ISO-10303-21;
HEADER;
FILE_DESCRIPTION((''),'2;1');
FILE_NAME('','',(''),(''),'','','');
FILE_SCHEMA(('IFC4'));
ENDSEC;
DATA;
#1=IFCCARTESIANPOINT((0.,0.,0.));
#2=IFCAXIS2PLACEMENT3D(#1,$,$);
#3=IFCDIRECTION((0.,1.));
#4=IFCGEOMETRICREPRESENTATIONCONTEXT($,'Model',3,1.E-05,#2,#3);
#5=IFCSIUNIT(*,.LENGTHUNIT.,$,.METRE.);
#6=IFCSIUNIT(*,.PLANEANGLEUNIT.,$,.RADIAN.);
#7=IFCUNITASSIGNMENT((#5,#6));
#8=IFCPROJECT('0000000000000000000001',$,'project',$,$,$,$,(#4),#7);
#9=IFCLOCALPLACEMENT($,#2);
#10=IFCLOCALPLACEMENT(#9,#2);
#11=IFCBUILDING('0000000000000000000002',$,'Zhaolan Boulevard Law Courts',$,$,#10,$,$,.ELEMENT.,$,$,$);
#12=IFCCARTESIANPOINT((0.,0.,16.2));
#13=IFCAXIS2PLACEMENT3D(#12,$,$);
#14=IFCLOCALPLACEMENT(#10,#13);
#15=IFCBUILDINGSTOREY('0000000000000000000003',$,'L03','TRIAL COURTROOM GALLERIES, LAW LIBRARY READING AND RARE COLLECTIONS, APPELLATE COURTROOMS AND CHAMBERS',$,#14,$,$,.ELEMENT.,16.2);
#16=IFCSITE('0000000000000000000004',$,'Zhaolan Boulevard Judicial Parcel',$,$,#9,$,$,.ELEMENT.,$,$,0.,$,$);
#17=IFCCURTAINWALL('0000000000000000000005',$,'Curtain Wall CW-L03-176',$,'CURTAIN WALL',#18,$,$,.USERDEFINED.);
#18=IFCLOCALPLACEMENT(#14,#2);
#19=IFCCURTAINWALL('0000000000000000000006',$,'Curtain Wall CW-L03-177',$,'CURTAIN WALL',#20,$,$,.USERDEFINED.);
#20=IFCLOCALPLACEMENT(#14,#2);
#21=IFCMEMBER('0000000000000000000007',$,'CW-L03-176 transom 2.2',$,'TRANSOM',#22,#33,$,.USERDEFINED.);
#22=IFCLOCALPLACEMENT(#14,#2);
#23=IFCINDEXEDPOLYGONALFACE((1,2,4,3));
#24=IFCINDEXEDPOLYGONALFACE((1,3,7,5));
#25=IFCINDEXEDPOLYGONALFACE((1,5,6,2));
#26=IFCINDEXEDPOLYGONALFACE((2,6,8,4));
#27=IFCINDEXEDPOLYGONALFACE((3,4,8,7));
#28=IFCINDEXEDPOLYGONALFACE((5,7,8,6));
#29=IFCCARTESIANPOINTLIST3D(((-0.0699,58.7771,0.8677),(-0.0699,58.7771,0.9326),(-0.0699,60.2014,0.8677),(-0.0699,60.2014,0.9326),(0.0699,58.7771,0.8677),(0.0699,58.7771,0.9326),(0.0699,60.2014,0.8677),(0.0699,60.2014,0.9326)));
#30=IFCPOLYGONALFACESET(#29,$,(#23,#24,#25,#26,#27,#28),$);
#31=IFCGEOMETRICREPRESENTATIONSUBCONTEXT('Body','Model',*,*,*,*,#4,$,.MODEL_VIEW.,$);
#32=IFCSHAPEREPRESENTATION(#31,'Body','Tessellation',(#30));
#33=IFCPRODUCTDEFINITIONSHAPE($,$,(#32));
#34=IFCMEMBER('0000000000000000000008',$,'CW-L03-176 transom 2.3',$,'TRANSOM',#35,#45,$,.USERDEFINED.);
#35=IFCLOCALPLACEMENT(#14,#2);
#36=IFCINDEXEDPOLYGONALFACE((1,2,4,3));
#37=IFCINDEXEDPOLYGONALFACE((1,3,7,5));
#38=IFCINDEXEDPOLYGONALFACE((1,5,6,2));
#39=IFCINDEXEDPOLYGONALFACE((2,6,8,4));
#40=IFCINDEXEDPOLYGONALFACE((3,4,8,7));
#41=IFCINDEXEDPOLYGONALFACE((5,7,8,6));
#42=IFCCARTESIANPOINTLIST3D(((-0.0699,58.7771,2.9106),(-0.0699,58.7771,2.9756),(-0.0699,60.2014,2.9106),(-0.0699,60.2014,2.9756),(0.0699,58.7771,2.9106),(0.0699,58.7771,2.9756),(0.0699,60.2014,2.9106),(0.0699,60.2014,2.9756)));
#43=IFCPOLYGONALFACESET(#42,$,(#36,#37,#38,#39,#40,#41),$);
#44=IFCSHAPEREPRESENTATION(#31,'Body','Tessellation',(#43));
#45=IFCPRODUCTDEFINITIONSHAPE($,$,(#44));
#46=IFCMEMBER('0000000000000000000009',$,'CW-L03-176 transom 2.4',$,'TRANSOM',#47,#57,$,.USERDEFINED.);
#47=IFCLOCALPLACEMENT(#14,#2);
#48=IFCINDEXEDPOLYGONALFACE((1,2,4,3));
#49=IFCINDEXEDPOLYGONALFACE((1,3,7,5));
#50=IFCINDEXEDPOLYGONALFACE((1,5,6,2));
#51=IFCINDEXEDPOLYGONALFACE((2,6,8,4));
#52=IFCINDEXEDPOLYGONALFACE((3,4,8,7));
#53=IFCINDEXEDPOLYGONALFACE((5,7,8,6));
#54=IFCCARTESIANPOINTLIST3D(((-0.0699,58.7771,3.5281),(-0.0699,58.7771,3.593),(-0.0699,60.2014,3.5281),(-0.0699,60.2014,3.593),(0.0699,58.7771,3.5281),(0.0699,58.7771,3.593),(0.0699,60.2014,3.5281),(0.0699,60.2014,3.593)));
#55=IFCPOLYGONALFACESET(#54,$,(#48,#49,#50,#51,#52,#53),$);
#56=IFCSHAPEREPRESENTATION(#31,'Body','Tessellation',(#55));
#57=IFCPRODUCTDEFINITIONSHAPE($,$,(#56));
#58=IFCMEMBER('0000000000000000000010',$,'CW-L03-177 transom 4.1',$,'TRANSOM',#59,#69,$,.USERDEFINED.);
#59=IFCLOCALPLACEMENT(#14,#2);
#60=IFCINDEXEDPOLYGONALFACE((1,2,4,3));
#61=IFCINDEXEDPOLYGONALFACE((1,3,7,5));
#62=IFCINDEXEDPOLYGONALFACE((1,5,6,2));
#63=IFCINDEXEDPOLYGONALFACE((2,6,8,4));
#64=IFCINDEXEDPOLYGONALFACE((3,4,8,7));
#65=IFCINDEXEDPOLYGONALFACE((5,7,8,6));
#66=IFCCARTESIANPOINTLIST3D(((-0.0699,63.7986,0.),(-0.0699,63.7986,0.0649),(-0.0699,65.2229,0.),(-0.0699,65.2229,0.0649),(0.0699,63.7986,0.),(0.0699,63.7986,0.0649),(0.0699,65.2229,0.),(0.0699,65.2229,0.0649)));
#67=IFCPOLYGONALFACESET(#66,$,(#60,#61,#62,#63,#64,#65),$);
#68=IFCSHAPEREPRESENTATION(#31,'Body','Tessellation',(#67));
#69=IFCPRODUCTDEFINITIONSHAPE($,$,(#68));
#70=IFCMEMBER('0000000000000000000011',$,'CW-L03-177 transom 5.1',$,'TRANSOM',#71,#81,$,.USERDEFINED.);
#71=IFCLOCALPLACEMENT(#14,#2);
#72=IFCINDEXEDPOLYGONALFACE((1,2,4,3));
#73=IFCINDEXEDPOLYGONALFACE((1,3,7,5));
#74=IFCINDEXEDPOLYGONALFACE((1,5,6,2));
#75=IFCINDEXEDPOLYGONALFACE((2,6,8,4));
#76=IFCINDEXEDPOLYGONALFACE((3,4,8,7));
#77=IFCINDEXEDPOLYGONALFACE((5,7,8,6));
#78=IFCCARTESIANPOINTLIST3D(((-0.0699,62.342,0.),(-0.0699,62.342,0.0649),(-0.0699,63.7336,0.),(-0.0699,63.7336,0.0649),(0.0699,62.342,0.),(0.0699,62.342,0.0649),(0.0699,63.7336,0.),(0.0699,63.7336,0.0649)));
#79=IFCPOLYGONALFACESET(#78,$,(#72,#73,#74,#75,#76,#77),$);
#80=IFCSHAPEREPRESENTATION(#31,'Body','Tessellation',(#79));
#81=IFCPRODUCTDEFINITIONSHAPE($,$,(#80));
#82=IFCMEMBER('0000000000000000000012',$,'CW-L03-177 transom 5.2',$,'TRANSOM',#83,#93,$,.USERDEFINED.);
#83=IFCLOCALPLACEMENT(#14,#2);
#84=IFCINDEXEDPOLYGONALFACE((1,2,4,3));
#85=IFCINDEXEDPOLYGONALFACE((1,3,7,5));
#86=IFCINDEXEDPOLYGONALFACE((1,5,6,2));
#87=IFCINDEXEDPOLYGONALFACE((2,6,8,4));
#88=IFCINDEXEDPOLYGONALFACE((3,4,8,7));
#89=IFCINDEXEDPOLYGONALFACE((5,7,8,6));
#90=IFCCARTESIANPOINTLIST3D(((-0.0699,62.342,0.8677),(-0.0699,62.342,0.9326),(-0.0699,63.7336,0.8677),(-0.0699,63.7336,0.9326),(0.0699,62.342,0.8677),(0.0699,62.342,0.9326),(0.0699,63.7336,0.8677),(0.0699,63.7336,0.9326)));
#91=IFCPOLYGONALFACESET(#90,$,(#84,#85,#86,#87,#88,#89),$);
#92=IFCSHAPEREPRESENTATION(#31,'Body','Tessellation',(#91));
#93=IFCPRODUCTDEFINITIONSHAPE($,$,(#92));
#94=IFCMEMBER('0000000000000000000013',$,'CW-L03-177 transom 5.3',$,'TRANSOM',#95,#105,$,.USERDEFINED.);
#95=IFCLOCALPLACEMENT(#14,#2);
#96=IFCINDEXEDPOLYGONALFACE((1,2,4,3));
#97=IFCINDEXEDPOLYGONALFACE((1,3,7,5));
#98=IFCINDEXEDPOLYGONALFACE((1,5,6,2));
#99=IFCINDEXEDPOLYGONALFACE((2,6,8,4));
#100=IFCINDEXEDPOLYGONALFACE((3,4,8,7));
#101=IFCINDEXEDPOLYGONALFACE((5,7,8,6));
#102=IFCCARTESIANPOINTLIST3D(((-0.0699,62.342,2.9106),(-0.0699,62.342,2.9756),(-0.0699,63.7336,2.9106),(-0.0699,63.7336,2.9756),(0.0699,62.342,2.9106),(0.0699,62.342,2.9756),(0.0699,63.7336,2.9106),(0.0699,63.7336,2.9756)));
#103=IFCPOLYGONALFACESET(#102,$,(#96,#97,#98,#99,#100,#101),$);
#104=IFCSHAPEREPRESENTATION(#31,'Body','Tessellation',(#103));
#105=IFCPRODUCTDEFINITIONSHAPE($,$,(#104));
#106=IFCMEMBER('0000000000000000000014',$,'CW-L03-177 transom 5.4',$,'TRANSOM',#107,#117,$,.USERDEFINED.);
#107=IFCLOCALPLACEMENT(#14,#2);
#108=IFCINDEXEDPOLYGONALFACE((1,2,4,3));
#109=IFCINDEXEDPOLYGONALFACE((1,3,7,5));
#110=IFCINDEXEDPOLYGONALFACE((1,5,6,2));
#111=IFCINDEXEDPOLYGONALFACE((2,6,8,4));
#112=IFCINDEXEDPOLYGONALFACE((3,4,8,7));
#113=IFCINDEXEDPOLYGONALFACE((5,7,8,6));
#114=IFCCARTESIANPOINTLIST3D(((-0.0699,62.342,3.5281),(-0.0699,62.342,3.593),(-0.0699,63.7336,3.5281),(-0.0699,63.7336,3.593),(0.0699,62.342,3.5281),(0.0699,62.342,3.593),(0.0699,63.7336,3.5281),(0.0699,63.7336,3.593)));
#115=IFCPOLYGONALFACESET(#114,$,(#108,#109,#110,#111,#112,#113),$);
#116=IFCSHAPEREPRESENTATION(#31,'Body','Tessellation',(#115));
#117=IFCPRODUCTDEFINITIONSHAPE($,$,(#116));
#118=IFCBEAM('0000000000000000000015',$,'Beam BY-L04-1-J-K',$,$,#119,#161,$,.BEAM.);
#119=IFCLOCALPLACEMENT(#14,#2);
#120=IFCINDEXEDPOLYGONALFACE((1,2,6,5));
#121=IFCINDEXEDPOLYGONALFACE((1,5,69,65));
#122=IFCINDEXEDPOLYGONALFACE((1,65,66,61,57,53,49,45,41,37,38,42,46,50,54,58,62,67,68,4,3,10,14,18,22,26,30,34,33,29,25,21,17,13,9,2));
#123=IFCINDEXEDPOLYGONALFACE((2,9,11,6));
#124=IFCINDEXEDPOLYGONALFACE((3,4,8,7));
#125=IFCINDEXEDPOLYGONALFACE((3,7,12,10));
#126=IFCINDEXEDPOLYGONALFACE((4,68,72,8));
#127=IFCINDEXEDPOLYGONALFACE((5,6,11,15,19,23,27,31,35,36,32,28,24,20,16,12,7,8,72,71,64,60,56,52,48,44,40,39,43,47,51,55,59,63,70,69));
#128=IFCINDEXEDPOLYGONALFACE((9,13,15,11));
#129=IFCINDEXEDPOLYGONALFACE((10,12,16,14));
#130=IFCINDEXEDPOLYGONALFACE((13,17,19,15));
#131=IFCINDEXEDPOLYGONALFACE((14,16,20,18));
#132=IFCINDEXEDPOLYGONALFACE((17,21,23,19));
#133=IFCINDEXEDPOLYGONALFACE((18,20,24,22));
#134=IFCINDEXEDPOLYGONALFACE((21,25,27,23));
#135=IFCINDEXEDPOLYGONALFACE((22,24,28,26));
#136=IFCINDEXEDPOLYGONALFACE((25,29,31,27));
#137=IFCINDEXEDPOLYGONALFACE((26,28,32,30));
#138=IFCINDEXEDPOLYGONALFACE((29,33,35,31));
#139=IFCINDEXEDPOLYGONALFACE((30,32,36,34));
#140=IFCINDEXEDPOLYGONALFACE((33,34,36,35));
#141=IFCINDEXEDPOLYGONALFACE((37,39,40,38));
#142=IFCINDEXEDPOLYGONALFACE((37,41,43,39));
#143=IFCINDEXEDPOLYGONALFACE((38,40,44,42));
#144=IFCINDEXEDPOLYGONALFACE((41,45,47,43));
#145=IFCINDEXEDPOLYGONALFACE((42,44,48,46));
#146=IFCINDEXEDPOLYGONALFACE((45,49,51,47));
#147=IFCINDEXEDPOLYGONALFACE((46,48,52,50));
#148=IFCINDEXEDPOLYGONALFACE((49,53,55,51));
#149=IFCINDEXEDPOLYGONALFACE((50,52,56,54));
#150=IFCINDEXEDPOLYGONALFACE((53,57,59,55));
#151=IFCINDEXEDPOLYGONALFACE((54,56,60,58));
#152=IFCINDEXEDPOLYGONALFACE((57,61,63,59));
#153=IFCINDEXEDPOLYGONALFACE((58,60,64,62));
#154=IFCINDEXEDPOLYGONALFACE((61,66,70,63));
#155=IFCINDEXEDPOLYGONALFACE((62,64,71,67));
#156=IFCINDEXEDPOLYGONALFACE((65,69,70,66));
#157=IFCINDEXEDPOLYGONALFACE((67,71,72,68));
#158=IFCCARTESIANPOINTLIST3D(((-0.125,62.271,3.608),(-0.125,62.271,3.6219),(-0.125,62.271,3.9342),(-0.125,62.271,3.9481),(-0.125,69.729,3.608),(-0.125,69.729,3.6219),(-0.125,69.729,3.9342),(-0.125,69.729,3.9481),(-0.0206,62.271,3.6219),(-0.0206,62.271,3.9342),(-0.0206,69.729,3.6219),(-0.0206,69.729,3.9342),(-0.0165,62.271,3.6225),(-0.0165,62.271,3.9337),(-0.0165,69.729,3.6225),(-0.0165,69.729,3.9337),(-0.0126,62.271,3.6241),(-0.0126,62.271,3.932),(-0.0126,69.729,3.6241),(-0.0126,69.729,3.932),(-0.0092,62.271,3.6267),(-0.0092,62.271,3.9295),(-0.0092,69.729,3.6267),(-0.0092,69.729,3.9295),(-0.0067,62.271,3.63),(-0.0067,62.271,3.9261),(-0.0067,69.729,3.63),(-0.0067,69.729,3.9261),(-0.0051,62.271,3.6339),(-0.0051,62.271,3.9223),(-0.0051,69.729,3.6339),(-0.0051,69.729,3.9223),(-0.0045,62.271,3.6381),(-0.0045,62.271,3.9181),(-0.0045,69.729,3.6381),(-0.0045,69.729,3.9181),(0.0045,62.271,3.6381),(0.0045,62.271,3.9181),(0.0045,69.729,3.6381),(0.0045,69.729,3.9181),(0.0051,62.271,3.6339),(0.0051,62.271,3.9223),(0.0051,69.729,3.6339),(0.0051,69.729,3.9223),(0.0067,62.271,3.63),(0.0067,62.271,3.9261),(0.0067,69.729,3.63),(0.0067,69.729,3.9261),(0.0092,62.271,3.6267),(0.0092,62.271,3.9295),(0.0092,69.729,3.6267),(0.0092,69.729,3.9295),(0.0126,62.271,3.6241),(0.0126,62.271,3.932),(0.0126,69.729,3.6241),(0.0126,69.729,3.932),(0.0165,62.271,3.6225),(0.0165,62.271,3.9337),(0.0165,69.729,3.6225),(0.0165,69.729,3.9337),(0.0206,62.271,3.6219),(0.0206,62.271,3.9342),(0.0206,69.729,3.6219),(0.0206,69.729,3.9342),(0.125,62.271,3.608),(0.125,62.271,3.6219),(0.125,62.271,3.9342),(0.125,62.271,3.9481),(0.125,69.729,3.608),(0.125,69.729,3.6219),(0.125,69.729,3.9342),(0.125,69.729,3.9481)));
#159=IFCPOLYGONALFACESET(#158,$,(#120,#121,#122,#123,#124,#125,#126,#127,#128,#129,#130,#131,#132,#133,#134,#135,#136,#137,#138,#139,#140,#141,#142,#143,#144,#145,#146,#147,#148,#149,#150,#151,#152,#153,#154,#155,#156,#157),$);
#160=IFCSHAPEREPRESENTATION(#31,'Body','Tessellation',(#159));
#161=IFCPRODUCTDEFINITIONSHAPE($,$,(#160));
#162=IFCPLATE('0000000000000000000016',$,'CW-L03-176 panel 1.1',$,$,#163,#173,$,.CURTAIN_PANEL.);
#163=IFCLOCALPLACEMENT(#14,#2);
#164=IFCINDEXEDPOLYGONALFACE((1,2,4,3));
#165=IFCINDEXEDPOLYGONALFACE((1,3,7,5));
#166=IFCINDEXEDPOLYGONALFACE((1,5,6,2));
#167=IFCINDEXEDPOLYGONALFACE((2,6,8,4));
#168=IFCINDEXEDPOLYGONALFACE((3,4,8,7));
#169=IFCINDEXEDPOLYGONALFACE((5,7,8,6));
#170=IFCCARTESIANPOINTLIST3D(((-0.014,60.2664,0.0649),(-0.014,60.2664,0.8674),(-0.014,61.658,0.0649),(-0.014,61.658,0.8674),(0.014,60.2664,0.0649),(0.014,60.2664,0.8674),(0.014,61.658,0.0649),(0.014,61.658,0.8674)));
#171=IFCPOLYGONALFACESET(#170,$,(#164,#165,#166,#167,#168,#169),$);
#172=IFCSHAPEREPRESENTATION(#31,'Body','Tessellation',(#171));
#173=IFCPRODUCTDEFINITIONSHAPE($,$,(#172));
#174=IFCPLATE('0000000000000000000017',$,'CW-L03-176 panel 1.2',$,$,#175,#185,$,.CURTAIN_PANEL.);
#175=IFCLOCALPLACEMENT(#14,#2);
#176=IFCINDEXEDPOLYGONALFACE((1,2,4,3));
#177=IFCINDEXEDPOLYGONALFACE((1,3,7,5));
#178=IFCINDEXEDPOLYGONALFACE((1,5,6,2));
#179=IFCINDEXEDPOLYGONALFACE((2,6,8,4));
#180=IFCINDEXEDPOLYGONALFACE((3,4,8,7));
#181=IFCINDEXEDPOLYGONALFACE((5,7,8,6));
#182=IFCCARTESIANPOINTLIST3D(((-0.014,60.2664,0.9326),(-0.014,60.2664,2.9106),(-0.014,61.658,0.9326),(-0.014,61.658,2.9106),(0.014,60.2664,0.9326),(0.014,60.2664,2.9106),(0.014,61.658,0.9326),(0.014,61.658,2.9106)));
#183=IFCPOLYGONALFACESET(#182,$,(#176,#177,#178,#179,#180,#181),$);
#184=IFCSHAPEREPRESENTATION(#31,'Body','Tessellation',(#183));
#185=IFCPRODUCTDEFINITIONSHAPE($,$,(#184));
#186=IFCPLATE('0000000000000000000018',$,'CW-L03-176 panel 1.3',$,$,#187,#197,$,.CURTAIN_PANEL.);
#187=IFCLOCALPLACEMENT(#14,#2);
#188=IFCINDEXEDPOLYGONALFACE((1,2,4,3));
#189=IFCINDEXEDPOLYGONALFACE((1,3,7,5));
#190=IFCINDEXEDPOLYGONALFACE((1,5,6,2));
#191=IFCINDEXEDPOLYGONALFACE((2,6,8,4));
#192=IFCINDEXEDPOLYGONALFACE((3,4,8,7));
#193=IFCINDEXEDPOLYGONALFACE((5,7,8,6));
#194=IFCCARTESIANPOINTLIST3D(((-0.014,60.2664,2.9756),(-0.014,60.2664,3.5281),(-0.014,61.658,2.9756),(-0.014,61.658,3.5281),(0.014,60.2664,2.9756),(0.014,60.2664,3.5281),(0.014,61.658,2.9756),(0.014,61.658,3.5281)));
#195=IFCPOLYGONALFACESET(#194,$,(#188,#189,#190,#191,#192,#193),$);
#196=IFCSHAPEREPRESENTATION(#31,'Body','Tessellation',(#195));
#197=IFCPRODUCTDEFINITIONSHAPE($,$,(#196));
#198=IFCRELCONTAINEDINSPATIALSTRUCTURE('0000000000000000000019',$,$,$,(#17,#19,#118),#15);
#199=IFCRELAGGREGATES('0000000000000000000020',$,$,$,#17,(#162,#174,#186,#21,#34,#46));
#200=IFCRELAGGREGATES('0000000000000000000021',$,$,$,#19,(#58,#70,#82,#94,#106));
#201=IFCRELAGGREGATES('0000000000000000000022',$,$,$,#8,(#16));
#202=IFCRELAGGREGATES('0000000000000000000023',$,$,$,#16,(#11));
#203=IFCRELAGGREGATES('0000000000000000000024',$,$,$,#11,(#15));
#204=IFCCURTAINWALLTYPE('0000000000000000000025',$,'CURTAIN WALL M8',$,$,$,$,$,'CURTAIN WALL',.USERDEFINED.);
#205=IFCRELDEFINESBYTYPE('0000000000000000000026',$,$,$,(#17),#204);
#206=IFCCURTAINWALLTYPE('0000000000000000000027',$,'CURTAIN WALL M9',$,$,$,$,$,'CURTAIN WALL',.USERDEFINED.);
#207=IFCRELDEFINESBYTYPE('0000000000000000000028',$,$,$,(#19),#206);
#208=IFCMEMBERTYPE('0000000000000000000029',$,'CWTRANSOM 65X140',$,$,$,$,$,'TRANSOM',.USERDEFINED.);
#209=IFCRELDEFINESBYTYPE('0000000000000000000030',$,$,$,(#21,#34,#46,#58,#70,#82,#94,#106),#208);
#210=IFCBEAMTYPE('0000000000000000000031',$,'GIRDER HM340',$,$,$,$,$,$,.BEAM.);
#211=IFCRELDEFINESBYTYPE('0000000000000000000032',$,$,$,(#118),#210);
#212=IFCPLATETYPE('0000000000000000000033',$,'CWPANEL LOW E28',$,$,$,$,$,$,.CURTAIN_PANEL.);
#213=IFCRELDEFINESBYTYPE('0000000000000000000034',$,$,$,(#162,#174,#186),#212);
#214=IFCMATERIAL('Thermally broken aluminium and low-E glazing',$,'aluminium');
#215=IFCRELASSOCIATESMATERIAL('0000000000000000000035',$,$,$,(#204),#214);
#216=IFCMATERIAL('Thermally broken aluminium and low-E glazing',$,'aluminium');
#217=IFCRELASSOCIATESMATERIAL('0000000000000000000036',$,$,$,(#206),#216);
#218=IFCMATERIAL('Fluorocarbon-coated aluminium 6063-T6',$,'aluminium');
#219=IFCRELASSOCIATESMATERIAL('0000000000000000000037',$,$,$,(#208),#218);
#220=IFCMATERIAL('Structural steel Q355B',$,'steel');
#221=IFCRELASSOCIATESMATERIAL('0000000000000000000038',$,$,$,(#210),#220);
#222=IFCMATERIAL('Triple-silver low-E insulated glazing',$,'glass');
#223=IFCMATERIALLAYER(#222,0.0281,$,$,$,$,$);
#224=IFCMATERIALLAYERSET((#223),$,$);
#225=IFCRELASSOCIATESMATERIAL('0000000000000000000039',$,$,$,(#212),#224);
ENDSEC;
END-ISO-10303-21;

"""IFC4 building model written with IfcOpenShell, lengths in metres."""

from ifc_helpers import new_model, si_unit, direction, frame, origin, origin_2d, place, context, subcontext, project, spatial, rectangle, i_section, extrude, material, layer, layer_set, material_profile, profile_set, type_object, element, aggregate, save


model = new_model("IFC4")

# Units and contexts
model_context = context("Model", 3, precision=1e-05, world=origin(), true_north=direction((0.0, 1.0)))
body_context = subcontext(model_context, "Body", "Model", "MODEL_VIEW")
ifc_project = project(units=[si_unit("LENGTHUNIT", "METRE"), si_unit("PLANEANGLEUNIT", "RADIAN")], contexts=[model_context])

# Site, building, storey
site_placement = place(None, origin())
site = spatial("IfcSite", under=ifc_project, at=site_placement, Name="Zhaolan Boulevard Judicial Parcel", CompositionType="ELEMENT", RefElevation=0.0)
building_placement = place(site_placement, origin())
building = spatial("IfcBuilding", under=site, at=building_placement, Name="Zhaolan Boulevard Law Courts", CompositionType="ELEMENT")
storey_placement = place(building_placement, frame((0.0, 0.0, 16.2)))
storey = spatial("IfcBuildingStorey", under=building, at=storey_placement, Name="L03", Description="TRIAL COURTROOM GALLERIES, LAW LIBRARY READING AND RARE COLLECTIONS, APPELLATE COURTROOMS AND CHAMBERS", CompositionType="ELEMENT", Elevation=16.2)

# Curtain walls
ifc_material_1 = material(Name="Thermally broken aluminium and low-E glazing", Category="aluminium")
curtain_wall_type_1 = type_object("IfcCurtainWallType", Name="CURTAIN WALL M8", ElementType="CURTAIN WALL", PredefinedType="USERDEFINED", material=ifc_material_1)
curtain_wall_1_placement = place(storey_placement, origin())
curtain_wall_1 = element("IfcCurtainWall", 1, at=curtain_wall_1_placement, inside=storey, type_object=curtain_wall_type_1, Name="Curtain Wall CW-L03-176", ObjectType="CURTAIN WALL", PredefinedType="USERDEFINED")
ifc_material_2 = material(Name="Thermally broken aluminium and low-E glazing", Category="aluminium")
curtain_wall_type_2 = type_object("IfcCurtainWallType", Name="CURTAIN WALL M9", ElementType="CURTAIN WALL", PredefinedType="USERDEFINED", material=ifc_material_2)
curtain_wall_2_placement = place(storey_placement, origin())
curtain_wall_2 = element("IfcCurtainWall", 2, at=curtain_wall_2_placement, inside=storey, type_object=curtain_wall_type_2, Name="Curtain Wall CW-L03-177", ObjectType="CURTAIN WALL", PredefinedType="USERDEFINED")

# Members
ifc_material_3 = material(Name="Fluorocarbon-coated aluminium 6063-T6", Category="aluminium")
ifc_material_profile_1 = material_profile(ifc_material_3, rectangle(XDim=0.1399, YDim=0.0649, at=origin_2d()), Name="AL65x140")
ifc_profile_set_1 = profile_set([ifc_material_profile_1], Name="Fluorocarbon-coated aluminium 6063-T6")
member_type_1 = type_object("IfcMemberType", Name="CWTRANSOM 65X140", ElementType="TRANSOM", PredefinedType="USERDEFINED", material=ifc_profile_set_1)
member_1_placement = place(storey_placement, frame((0.0, 60.2014, 0.9001), z_axis=(0.0, -1.0, 0.0), x_axis=(1.0, 0.0, 0.0)))
member_1 = element("IfcMember", 3, at=member_1_placement, type_object=member_type_1, Name="CW-L03-176 transom 2.2", ObjectType="TRANSOM", PredefinedType="USERDEFINED", context=body_context, shape_type="SweptSolid", body=[
    extrude(rectangle(XDim=0.1399, YDim=0.0649, at=origin_2d()), origin(), (0.0, 0.0, 1.0), 1.4243),
])
member_2_placement = place(storey_placement, frame((0.0, 60.2014, 2.9431), z_axis=(0.0, -1.0, 0.0), x_axis=(1.0, 0.0, 0.0)))
member_2 = element("IfcMember", 4, at=member_2_placement, type_object=member_type_1, Name="CW-L03-176 transom 2.3", ObjectType="TRANSOM", PredefinedType="USERDEFINED", context=body_context, shape_type="SweptSolid", body=[
    extrude(rectangle(XDim=0.1399, YDim=0.0649, at=origin_2d()), origin(), (0.0, 0.0, 1.0), 1.4243),
])
member_3_placement = place(storey_placement, frame((0.0, 60.2014, 3.5605), z_axis=(0.0, -1.0, 0.0), x_axis=(1.0, 0.0, 0.0)))
member_3 = element("IfcMember", 5, at=member_3_placement, type_object=member_type_1, Name="CW-L03-176 transom 2.4", ObjectType="TRANSOM", PredefinedType="USERDEFINED", context=body_context, shape_type="SweptSolid", body=[
    extrude(rectangle(XDim=0.1399, YDim=0.0649, at=origin_2d()), origin(), (0.0, 0.0, 1.0), 1.4243),
])
member_4_placement = place(storey_placement, frame((0.0, 65.2229, 0.0325), z_axis=(0.0, -1.0, 0.0), x_axis=(1.0, 0.0, 0.0)))
member_4 = element("IfcMember", 6, at=member_4_placement, type_object=member_type_1, Name="CW-L03-177 transom 4.1", ObjectType="TRANSOM", PredefinedType="USERDEFINED", context=body_context, shape_type="SweptSolid", body=[
    extrude(rectangle(XDim=0.1399, YDim=0.0649, at=origin_2d()), origin(), (0.0, 0.0, 1.0), 1.4243),
])
member_5_placement = place(storey_placement, frame((0.0, 63.7336, 0.0325), z_axis=(0.0, -1.0, 0.0), x_axis=(1.0, 0.0, 0.0)))
member_5 = element("IfcMember", 7, at=member_5_placement, type_object=member_type_1, Name="CW-L03-177 transom 5.1", ObjectType="TRANSOM", PredefinedType="USERDEFINED", context=body_context, shape_type="SweptSolid", body=[
    extrude(rectangle(XDim=0.1399, YDim=0.0649, at=origin_2d()), origin(), (0.0, 0.0, 1.0), 1.3916),
])
member_6_placement = place(storey_placement, frame((0.0, 63.7336, 0.9001), z_axis=(0.0, -1.0, 0.0), x_axis=(1.0, 0.0, 0.0)))
member_6 = element("IfcMember", 8, at=member_6_placement, type_object=member_type_1, Name="CW-L03-177 transom 5.2", ObjectType="TRANSOM", PredefinedType="USERDEFINED", context=body_context, shape_type="SweptSolid", body=[
    extrude(rectangle(XDim=0.1399, YDim=0.0649, at=origin_2d()), origin(), (0.0, 0.0, 1.0), 1.3916),
])
member_7_placement = place(storey_placement, frame((0.0, 63.7336, 2.9431), z_axis=(0.0, -1.0, 0.0), x_axis=(1.0, 0.0, 0.0)))
member_7 = element("IfcMember", 9, at=member_7_placement, type_object=member_type_1, Name="CW-L03-177 transom 5.3", ObjectType="TRANSOM", PredefinedType="USERDEFINED", context=body_context, shape_type="SweptSolid", body=[
    extrude(rectangle(XDim=0.1399, YDim=0.0649, at=origin_2d()), origin(), (0.0, 0.0, 1.0), 1.3916),
])
member_8_placement = place(storey_placement, frame((0.0, 63.7336, 3.5605), z_axis=(0.0, -1.0, 0.0), x_axis=(1.0, 0.0, 0.0)))
member_8 = element("IfcMember", 10, at=member_8_placement, type_object=member_type_1, Name="CW-L03-177 transom 5.4", ObjectType="TRANSOM", PredefinedType="USERDEFINED", context=body_context, shape_type="SweptSolid", body=[
    extrude(rectangle(XDim=0.1399, YDim=0.0649, at=origin_2d()), origin(), (0.0, 0.0, 1.0), 1.3916),
])

# Beam
ifc_material_4 = material(Name="Structural steel Q355B", Category="steel")
ifc_material_profile_2 = material_profile(ifc_material_4, i_section(OverallWidth=0.25, OverallDepth=0.3401, WebThickness=0.009, FlangeThickness=0.0139, FilletRadius=0.0161, at=origin_2d()), Name="HM340x250")
ifc_profile_set_2 = profile_set([ifc_material_profile_2], Name="Structural steel Q355B")
beam_type = type_object("IfcBeamType", Name="GIRDER HM340", PredefinedType="BEAM", material=ifc_profile_set_2)
beam_placement = place(storey_placement, frame((0.0, 62.271, 3.7781), z_axis=(0.0, 1.0, 0.0), x_axis=(-1.0, 0.0, 0.0)))
element("IfcBeam", 11, at=beam_placement, inside=storey, type_object=beam_type, Name="Beam BY-L04-1-J-K", PredefinedType="BEAM", context=body_context, shape_type="SweptSolid", body=[
    extrude(i_section(OverallWidth=0.25, OverallDepth=0.3401, WebThickness=0.009, FlangeThickness=0.0139, FilletRadius=0.0161, at=origin_2d()), origin(), (0.0, 0.0, 1.0), 7.458),
])

# Plates
ifc_material_5 = material(Name="Triple-silver low-E insulated glazing", Category="glass")
ifc_layer_1 = layer(ifc_material_5, 0.0281)
ifc_layer_set_1 = layer_set([ifc_layer_1])
plate_type_1 = type_object("IfcPlateType", Name="CWPANEL LOW E28", PredefinedType="CURTAIN_PANEL", material=ifc_layer_set_1)
plate_1_placement = place(storey_placement, frame((0.0, 60.9622, 0.0649), z_axis=(0.0, 0.0, 1.0), x_axis=(0.0, -1.0, 0.0)))
plate_1 = element("IfcPlate", 12, at=plate_1_placement, type_object=plate_type_1, Name="CW-L03-176 panel 1.1", PredefinedType="CURTAIN_PANEL", context=body_context, shape_type="SweptSolid", body=[
    extrude(rectangle(XDim=1.3916, YDim=0.0281, at=origin_2d()), origin(), (0.0, 0.0, 1.0), 0.8025),
])
plate_2_placement = place(storey_placement, frame((0.0, 60.9622, 0.9326), z_axis=(0.0, 0.0, 1.0), x_axis=(0.0, -1.0, 0.0)))
plate_2 = element("IfcPlate", 13, at=plate_2_placement, type_object=plate_type_1, Name="CW-L03-176 panel 1.2", PredefinedType="CURTAIN_PANEL", context=body_context, shape_type="SweptSolid", body=[
    extrude(rectangle(XDim=1.3916, YDim=0.0281, at=origin_2d()), origin(), (0.0, 0.0, 1.0), 1.978),
])
plate_3_placement = place(storey_placement, frame((0.0, 60.9622, 2.9756), z_axis=(0.0, 0.0, 1.0), x_axis=(0.0, -1.0, 0.0)))
plate_3 = element("IfcPlate", 14, at=plate_3_placement, type_object=plate_type_1, Name="CW-L03-176 panel 1.3", PredefinedType="CURTAIN_PANEL", context=body_context, shape_type="SweptSolid", body=[
    extrude(rectangle(XDim=1.3916, YDim=0.0281, at=origin_2d()), origin(), (0.0, 0.0, 1.0), 0.5525),
])
aggregate(curtain_wall_1, [plate_1, plate_2, plate_3, member_1, member_2, member_3])
aggregate(curtain_wall_2, [member_4, member_5, member_6, member_7, member_8])

save(model, "model.ifc")
